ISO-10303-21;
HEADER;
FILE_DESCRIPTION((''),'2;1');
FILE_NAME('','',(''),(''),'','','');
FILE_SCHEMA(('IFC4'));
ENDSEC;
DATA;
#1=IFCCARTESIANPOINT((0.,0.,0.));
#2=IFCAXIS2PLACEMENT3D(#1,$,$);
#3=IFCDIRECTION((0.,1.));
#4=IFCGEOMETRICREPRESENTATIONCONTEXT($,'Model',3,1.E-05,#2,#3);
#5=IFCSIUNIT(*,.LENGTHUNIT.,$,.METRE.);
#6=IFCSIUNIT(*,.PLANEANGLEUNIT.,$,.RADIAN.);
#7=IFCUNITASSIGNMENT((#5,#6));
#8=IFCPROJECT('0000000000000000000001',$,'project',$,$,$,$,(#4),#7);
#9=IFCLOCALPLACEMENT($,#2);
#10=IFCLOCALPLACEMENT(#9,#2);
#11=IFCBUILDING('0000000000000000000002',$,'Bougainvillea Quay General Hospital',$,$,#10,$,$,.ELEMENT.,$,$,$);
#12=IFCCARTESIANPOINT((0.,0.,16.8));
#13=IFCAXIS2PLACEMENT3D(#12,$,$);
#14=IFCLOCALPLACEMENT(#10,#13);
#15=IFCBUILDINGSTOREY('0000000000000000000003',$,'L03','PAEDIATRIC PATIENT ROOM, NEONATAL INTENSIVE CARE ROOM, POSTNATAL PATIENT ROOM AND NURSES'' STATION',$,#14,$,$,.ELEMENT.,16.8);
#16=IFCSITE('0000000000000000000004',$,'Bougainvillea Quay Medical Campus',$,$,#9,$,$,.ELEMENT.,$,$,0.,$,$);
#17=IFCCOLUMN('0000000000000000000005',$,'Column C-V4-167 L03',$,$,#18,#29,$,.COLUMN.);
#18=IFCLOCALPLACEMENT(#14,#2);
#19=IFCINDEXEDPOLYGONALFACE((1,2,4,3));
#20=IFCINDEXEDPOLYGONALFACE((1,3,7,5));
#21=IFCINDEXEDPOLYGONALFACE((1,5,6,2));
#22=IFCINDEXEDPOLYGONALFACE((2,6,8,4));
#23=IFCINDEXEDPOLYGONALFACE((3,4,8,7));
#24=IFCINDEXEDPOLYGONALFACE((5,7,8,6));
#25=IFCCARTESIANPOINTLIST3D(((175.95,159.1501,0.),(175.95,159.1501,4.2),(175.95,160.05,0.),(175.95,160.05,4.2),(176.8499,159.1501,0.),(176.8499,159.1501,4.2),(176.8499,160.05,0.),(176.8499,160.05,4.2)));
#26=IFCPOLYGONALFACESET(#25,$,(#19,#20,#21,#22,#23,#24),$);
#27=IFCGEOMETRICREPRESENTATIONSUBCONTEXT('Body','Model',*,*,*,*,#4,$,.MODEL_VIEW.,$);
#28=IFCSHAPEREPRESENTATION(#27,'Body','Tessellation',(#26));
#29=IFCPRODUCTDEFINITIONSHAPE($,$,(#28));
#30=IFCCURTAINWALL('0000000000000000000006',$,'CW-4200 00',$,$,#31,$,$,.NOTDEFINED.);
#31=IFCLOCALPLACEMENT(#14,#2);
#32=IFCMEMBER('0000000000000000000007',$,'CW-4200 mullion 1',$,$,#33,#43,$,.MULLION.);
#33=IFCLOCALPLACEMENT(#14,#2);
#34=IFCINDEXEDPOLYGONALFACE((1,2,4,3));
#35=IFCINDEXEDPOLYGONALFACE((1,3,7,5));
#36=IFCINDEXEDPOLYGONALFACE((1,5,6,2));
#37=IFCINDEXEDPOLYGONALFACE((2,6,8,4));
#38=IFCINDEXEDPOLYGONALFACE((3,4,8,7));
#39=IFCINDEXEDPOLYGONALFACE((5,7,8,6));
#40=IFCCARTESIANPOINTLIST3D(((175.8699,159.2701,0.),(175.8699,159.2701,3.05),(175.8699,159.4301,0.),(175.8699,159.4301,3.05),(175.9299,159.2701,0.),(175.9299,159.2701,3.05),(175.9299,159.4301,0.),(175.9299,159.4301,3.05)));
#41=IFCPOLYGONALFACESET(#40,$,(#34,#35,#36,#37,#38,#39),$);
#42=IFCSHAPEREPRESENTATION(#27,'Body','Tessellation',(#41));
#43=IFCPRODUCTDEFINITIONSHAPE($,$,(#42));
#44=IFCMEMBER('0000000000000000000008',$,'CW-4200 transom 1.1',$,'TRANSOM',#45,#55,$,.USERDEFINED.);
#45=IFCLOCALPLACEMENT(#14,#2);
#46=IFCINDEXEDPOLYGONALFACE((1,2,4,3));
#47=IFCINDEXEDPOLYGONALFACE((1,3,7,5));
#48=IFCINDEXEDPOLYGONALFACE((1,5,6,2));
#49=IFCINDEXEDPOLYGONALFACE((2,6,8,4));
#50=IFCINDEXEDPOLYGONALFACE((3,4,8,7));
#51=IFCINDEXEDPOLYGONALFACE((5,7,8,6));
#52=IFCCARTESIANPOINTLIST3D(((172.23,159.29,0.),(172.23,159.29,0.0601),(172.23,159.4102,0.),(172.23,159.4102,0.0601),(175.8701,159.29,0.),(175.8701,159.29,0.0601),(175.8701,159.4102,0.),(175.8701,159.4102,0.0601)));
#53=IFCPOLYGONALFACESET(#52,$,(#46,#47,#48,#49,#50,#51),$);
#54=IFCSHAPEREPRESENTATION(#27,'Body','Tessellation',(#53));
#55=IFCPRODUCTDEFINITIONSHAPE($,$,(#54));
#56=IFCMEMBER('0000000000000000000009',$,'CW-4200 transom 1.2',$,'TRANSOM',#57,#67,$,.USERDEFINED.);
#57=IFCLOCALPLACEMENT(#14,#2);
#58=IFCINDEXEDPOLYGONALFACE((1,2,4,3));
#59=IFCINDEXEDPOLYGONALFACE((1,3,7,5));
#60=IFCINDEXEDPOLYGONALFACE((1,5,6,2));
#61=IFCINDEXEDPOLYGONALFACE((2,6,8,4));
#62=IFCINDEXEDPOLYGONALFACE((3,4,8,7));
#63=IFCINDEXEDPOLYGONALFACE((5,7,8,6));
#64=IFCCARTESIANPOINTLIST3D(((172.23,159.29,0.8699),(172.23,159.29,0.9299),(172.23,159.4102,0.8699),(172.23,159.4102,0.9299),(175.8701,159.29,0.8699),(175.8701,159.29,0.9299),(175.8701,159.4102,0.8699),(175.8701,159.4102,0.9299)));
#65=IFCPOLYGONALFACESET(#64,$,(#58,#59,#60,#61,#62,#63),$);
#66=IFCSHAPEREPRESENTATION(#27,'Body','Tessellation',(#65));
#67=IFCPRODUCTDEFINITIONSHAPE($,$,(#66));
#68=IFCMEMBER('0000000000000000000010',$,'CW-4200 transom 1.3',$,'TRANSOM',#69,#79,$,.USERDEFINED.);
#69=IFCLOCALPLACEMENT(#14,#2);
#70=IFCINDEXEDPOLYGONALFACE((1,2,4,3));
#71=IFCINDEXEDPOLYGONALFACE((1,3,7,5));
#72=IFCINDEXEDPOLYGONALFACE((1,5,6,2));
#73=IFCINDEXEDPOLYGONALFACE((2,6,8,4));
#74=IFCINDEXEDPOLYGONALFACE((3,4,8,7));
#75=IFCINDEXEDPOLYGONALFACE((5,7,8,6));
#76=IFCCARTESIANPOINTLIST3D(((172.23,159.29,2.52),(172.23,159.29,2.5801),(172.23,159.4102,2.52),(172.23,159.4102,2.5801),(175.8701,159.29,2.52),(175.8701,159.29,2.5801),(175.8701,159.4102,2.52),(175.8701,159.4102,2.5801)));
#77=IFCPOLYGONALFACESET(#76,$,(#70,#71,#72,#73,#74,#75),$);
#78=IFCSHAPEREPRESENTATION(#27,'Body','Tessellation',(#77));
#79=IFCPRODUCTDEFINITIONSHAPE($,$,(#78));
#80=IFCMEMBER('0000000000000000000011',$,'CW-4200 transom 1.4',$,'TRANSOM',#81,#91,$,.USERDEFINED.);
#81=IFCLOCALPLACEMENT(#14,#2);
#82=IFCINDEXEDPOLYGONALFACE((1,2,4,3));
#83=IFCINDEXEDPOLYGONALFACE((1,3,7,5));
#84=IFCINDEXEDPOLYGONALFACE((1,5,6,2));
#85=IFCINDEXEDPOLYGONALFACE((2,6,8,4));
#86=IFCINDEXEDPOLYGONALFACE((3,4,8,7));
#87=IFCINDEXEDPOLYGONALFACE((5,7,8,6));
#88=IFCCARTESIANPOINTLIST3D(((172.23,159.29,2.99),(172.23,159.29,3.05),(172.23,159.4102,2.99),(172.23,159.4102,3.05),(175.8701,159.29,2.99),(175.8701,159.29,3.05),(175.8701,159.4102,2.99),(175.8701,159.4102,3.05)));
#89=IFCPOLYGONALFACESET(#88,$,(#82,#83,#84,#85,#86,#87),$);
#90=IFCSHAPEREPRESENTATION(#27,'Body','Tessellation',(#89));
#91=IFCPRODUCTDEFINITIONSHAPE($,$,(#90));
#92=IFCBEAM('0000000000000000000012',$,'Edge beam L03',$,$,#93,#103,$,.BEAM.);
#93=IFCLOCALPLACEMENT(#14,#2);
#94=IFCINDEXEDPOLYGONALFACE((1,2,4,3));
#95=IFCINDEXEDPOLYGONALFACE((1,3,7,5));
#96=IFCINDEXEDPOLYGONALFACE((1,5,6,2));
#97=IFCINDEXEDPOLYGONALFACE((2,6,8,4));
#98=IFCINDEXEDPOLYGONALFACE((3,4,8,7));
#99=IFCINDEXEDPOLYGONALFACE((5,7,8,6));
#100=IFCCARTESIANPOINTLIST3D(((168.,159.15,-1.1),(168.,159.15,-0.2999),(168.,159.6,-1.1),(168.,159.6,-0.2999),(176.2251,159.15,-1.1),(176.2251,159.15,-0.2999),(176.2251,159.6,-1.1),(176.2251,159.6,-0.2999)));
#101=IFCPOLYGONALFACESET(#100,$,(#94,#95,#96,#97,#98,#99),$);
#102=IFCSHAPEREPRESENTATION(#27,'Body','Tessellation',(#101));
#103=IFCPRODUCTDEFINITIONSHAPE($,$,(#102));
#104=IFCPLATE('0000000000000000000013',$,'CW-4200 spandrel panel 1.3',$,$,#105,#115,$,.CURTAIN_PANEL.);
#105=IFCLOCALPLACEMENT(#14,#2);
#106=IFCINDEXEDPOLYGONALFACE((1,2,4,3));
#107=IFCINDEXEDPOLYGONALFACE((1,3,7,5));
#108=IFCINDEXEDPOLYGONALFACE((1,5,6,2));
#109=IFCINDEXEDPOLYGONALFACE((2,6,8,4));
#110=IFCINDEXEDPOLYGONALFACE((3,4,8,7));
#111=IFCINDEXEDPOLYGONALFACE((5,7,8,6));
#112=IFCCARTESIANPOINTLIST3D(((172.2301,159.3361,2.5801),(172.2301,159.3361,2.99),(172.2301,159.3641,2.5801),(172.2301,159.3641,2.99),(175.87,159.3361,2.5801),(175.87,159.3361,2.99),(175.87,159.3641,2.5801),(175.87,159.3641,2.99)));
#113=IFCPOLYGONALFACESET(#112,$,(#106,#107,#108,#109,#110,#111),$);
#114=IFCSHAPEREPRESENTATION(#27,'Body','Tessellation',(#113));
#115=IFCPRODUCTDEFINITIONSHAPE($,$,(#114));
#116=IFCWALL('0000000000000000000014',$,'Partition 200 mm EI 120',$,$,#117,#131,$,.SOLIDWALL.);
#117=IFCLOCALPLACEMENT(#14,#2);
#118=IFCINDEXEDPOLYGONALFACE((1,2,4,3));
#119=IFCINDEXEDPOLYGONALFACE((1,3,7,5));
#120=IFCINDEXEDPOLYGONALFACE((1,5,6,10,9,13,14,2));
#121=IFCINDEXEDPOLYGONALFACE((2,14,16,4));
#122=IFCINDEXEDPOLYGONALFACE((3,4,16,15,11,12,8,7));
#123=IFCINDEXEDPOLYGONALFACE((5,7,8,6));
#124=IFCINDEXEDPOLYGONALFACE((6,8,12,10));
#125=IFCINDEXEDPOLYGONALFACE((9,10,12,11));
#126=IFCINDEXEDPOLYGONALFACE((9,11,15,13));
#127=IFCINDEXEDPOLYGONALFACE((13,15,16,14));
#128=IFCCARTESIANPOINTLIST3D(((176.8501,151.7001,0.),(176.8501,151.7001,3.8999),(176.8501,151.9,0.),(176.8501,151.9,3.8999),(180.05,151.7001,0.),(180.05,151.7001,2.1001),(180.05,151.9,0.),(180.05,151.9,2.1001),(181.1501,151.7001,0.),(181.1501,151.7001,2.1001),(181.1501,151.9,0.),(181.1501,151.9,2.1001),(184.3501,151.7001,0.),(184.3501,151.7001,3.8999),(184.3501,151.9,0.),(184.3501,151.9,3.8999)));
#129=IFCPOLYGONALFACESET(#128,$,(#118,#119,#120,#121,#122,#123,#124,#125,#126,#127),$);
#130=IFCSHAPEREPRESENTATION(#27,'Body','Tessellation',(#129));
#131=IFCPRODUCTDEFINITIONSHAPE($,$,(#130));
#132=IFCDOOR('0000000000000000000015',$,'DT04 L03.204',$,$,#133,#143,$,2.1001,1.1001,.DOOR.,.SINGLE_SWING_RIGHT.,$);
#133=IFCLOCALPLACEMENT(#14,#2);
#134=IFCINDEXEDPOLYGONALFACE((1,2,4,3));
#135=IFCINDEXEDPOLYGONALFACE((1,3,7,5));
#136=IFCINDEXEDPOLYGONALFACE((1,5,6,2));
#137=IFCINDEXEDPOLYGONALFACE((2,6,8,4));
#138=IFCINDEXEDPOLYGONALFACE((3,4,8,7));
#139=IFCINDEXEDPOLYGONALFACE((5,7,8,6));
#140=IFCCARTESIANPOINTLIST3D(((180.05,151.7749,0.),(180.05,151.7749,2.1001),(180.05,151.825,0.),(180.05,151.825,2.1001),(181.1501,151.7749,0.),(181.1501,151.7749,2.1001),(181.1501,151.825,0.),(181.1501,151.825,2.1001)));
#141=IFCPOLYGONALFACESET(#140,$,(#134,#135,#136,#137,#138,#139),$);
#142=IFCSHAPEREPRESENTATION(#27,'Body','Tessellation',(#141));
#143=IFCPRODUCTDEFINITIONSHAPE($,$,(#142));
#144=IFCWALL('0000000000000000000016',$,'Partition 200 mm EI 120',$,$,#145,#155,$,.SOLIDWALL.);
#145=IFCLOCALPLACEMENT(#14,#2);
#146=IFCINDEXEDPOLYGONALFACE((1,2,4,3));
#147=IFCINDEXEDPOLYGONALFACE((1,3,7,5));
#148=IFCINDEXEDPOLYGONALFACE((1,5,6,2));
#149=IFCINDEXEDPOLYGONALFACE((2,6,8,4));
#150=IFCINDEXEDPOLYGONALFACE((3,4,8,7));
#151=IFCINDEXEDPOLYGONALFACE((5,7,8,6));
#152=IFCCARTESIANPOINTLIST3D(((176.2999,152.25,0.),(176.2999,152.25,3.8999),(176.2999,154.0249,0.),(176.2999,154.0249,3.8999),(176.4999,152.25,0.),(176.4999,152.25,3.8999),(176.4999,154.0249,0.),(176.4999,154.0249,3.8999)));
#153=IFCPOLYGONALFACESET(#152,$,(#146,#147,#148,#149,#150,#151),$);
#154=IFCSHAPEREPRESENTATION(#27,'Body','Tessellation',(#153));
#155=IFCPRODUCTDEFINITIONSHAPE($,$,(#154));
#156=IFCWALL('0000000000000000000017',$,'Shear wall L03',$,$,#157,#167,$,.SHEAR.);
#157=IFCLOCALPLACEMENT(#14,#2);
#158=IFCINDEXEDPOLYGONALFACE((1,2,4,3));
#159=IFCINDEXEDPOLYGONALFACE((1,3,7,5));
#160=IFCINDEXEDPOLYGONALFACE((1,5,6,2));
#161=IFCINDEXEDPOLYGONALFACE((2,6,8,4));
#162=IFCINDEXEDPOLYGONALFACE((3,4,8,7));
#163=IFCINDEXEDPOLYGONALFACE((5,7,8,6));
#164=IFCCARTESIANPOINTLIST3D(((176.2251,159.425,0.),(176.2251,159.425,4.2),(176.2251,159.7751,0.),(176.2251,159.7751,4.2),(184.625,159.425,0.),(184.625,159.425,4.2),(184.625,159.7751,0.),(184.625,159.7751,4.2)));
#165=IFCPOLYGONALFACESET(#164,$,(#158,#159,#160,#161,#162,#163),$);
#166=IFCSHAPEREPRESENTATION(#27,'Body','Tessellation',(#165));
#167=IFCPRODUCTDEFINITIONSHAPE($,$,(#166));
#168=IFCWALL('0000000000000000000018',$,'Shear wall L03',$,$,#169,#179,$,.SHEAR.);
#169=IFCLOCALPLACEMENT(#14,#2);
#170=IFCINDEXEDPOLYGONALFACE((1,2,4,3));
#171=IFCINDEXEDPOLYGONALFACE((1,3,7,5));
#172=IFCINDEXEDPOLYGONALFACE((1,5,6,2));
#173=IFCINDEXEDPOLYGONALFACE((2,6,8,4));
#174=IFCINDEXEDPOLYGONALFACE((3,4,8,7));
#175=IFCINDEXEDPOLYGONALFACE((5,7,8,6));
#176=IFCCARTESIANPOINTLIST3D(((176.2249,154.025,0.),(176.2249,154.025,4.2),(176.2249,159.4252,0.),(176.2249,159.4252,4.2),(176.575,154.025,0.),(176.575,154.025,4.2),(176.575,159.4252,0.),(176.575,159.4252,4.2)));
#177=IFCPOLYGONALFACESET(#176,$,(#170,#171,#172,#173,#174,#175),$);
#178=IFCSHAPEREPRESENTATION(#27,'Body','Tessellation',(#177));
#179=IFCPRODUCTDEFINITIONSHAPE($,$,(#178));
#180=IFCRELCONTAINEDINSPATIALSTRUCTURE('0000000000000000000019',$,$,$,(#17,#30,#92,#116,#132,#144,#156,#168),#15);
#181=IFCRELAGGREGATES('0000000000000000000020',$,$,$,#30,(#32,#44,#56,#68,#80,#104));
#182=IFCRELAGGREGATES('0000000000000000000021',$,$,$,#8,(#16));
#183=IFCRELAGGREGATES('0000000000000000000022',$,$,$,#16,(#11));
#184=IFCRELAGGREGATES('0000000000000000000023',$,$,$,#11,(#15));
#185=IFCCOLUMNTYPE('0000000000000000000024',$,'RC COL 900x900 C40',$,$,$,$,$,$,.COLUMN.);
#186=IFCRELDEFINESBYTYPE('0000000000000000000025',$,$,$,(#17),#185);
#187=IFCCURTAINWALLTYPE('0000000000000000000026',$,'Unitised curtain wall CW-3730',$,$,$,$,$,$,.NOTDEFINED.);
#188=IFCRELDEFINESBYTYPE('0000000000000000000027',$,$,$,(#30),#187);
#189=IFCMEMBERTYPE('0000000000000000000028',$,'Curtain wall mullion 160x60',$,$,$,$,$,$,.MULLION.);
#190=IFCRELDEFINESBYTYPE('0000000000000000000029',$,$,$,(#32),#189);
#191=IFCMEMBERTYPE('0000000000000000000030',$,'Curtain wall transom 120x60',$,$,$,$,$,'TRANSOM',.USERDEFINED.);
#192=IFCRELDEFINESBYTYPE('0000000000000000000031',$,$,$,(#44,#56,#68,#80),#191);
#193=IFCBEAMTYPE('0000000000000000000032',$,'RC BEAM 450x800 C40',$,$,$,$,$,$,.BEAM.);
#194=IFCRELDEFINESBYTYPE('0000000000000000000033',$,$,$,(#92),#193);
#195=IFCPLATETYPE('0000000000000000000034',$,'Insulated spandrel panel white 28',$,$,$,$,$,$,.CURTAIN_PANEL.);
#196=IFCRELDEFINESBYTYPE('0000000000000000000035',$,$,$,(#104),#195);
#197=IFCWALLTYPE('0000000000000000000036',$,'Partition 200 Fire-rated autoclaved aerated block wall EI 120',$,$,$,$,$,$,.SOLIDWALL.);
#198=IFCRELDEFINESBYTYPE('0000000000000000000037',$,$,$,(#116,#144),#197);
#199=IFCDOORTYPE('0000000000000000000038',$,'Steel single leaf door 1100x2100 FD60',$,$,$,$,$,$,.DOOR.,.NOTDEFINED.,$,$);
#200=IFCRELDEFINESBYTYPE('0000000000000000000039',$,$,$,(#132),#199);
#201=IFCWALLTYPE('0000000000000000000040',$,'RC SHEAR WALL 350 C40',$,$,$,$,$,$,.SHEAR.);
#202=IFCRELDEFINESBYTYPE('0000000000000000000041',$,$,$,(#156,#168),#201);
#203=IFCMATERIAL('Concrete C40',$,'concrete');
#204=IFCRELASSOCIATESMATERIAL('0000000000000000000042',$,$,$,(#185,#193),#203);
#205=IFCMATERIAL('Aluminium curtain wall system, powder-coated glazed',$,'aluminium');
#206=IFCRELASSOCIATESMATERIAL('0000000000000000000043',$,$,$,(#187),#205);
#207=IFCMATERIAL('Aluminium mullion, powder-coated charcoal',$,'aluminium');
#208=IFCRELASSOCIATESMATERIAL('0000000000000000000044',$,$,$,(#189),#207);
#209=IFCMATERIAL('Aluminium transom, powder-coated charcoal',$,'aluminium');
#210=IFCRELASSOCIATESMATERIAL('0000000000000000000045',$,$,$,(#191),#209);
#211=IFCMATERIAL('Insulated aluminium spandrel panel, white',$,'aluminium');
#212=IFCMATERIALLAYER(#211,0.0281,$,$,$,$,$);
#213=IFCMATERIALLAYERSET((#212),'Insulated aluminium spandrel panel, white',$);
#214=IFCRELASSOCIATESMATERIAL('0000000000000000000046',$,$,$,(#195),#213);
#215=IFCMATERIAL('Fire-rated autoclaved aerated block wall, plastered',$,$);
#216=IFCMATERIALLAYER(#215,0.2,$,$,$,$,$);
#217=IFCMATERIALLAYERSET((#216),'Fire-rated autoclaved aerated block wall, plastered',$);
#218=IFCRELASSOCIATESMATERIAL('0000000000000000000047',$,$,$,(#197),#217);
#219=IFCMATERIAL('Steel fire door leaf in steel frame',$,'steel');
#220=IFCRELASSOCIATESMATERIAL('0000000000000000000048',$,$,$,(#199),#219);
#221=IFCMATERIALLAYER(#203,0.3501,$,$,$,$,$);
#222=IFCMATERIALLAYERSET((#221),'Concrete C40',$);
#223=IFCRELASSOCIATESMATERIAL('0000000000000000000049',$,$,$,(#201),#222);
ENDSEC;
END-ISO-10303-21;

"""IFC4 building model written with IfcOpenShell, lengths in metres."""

from ifc_helpers import new_model, si_unit, direction, frame, frame_2d, origin, origin_2d, place, context, subcontext, project, spatial, rectangle, extrude, material, layer, layer_set, material_profile, profile_set, type_object, element, fill, aggregate, save


model = new_model("IFC4")

# Units and contexts
model_context = context("Model", 3, precision=1e-05, world=origin(), true_north=direction((0.0, 1.0)))
body_context = subcontext(model_context, "Body", "Model", "MODEL_VIEW")
ifc_project = project(units=[si_unit("LENGTHUNIT", "METRE"), si_unit("PLANEANGLEUNIT", "RADIAN")], contexts=[model_context])

# Site, building, storey
site_placement = place(None, origin())
site = spatial("IfcSite", under=ifc_project, at=site_placement, Name="Bougainvillea Quay Medical Campus", CompositionType="ELEMENT", RefElevation=0.0)
building_placement = place(site_placement, origin())
building = spatial("IfcBuilding", under=site, at=building_placement, Name="Bougainvillea Quay General Hospital", CompositionType="ELEMENT")
storey_placement = place(building_placement, frame((0.0, 0.0, 16.8)))
storey = spatial("IfcBuildingStorey", under=building, at=storey_placement, Name="L03", Description="PAEDIATRIC PATIENT ROOM, NEONATAL INTENSIVE CARE ROOM, POSTNATAL PATIENT ROOM AND NURSES' STATION", CompositionType="ELEMENT", Elevation=16.8)

# Column
ifc_material_1 = material(Name="Concrete C40", Category="concrete")
ifc_material_profile_1 = material_profile(ifc_material_1, rectangle(XDim=0.8999, YDim=0.8999, at=origin_2d()))
ifc_profile_set_1 = profile_set([ifc_material_profile_1], Name="Concrete C40")
column_type = type_object("IfcColumnType", Name="RC COL 900x900 C40", PredefinedType="COLUMN", material=ifc_profile_set_1)
column_placement = place(storey_placement, frame((176.3999, 159.6001, 0.0), z_axis=(0.0, 0.0, 1.0), x_axis=(1.0, 0.0, 0.0)))
element("IfcColumn", 1, at=column_placement, inside=storey, type_object=column_type, Name="Column C-V4-167 L03", PredefinedType="COLUMN", context=body_context, shape_type="SweptSolid", body=[
    extrude(rectangle(XDim=0.8999, YDim=0.8999, at=origin_2d()), origin(), (0.0, 0.0, 1.0), 4.2),
])

# Curtain wall, members
ifc_material_2 = material(Name="Aluminium curtain wall system, powder-coated glazed", Category="aluminium")
curtain_wall_type = type_object("IfcCurtainWallType", Name="Unitised curtain wall CW-3730", PredefinedType="NOTDEFINED", material=ifc_material_2)
curtain_wall_placement = place(storey_placement, origin())
curtain_wall = element("IfcCurtainWall", 2, at=curtain_wall_placement, inside=storey, type_object=curtain_wall_type, Name="CW-4200 00", PredefinedType="NOTDEFINED")
ifc_material_3 = material(Name="Aluminium mullion, powder-coated charcoal", Category="aluminium")
ifc_material_profile_2 = material_profile(ifc_material_3, rectangle(XDim=0.1599, YDim=0.0601, at=origin_2d()))
ifc_profile_set_2 = profile_set([ifc_material_profile_2], Name="Aluminium mullion, powder-coated charcoal")
member_type_1 = type_object("IfcMemberType", Name="Curtain wall mullion 160x60", PredefinedType="MULLION", material=ifc_profile_set_2)
member_1_placement = place(storey_placement, frame((175.8999, 159.3501, 0.0), z_axis=(0.0, 0.0, 1.0), x_axis=(0.0, -1.0, 0.0)))
member_1 = element("IfcMember", 3, at=member_1_placement, type_object=member_type_1, Name="CW-4200 mullion 1", PredefinedType="MULLION", context=body_context, shape_type="SweptSolid", body=[
    extrude(rectangle(XDim=0.1599, YDim=0.0601, at=origin_2d()), origin(), (0.0, 0.0, 1.0), 3.05),
])
ifc_material_4 = material(Name="Aluminium transom, powder-coated charcoal", Category="aluminium")
ifc_material_profile_3 = material_profile(ifc_material_4, rectangle(XDim=0.1201, YDim=0.0601, at=origin_2d()))
ifc_profile_set_3 = profile_set([ifc_material_profile_3], Name="Aluminium transom, powder-coated charcoal")
member_type_2 = type_object("IfcMemberType", Name="Curtain wall transom 120x60", ElementType="TRANSOM", PredefinedType="USERDEFINED", material=ifc_profile_set_3)
member_2_placement = place(storey_placement, frame((175.8701, 159.3501, 0.03), z_axis=(-1.0, 0.0, 0.0), x_axis=(0.0, -1.0, 0.0)))
member_2 = element("IfcMember", 4, at=member_2_placement, type_object=member_type_2, Name="CW-4200 transom 1.1", ObjectType="TRANSOM", PredefinedType="USERDEFINED", context=body_context, shape_type="SweptSolid", body=[
    extrude(rectangle(XDim=0.1201, YDim=0.0601, at=origin_2d()), origin(), (0.0, 0.0, 1.0), 3.6401),
])
member_3_placement = place(storey_placement, frame((175.8701, 159.3501, 0.8999), z_axis=(-1.0, 0.0, 0.0), x_axis=(0.0, -1.0, 0.0)))
member_3 = element("IfcMember", 5, at=member_3_placement, type_object=member_type_2, Name="CW-4200 transom 1.2", ObjectType="TRANSOM", PredefinedType="USERDEFINED", context=body_context, shape_type="SweptSolid", body=[
    extrude(rectangle(XDim=0.1201, YDim=0.0601, at=origin_2d()), origin(), (0.0, 0.0, 1.0), 3.6401),
])
member_4_placement = place(storey_placement, frame((175.8701, 159.3501, 2.55), z_axis=(-1.0, 0.0, 0.0), x_axis=(0.0, -1.0, 0.0)))
member_4 = element("IfcMember", 6, at=member_4_placement, type_object=member_type_2, Name="CW-4200 transom 1.3", ObjectType="TRANSOM", PredefinedType="USERDEFINED", context=body_context, shape_type="SweptSolid", body=[
    extrude(rectangle(XDim=0.1201, YDim=0.0601, at=origin_2d()), origin(), (0.0, 0.0, 1.0), 3.6401),
])
member_5_placement = place(storey_placement, frame((175.8701, 159.3501, 3.02), z_axis=(-1.0, 0.0, 0.0), x_axis=(0.0, -1.0, 0.0)))
member_5 = element("IfcMember", 7, at=member_5_placement, type_object=member_type_2, Name="CW-4200 transom 1.4", ObjectType="TRANSOM", PredefinedType="USERDEFINED", context=body_context, shape_type="SweptSolid", body=[
    extrude(rectangle(XDim=0.1201, YDim=0.0601, at=origin_2d()), origin(), (0.0, 0.0, 1.0), 3.6401),
])

# Beam
ifc_material_profile_4 = material_profile(ifc_material_1, rectangle(XDim=0.45, YDim=0.8, at=origin_2d()))
ifc_profile_set_4 = profile_set([ifc_material_profile_4], Name="Concrete C40")
beam_type = type_object("IfcBeamType", Name="RC BEAM 450x800 C40", PredefinedType="BEAM", material=ifc_profile_set_4)
beam_placement = place(storey_placement, frame((176.2251, 159.375, -0.7), z_axis=(-1.0, 0.0, 0.0), x_axis=(0.0, -1.0, 0.0)))
element("IfcBeam", 8, at=beam_placement, inside=storey, type_object=beam_type, Name="Edge beam L03", PredefinedType="BEAM", context=body_context, shape_type="SweptSolid", body=[
    extrude(rectangle(XDim=0.45, YDim=0.8, at=origin_2d()), origin(), (0.0, 0.0, 1.0), 8.2251),
])

# Plate
ifc_material_5 = material(Name="Insulated aluminium spandrel panel, white", Category="aluminium")
ifc_layer_1 = layer(ifc_material_5, 0.0281)
ifc_layer_set_1 = layer_set([ifc_layer_1], Name="Insulated aluminium spandrel panel, white")
plate_type = type_object("IfcPlateType", Name="Insulated spandrel panel white 28", PredefinedType="CURTAIN_PANEL", material=ifc_layer_set_1)
plate_placement = place(storey_placement, frame((174.05, 159.3501, 2.5801), z_axis=(0.0, 0.0, 1.0), x_axis=(-1.0, 0.0, 0.0)))
plate = element("IfcPlate", 9, at=plate_placement, type_object=plate_type, Name="CW-4200 spandrel panel 1.3", PredefinedType="CURTAIN_PANEL", context=body_context, shape_type="SweptSolid", body=[
    extrude(rectangle(XDim=3.6399, YDim=0.0281, at=origin_2d()), origin(), (0.0, 0.0, 1.0), 0.4099),
])
aggregate(curtain_wall, [member_1, member_2, member_3, member_4, member_5, plate])

# Wall, opening, door
ifc_material_6 = material(Name="Fire-rated autoclaved aerated block wall, plastered")
ifc_layer_2 = layer(ifc_material_6, 0.2)
ifc_layer_set_2 = layer_set([ifc_layer_2], Name="Fire-rated autoclaved aerated block wall, plastered")
wall_type_1 = type_object("IfcWallType", Name="Partition 200 Fire-rated autoclaved aerated block wall EI 120", PredefinedType="SOLIDWALL", material=ifc_layer_set_2)
wall_1_placement = place(storey_placement, frame((176.8501, 151.8, 0.0), z_axis=(0.0, 0.0, 1.0), x_axis=(1.0, 0.0, 0.0)))
wall_1 = element("IfcWall", 10, at=wall_1_placement, inside=storey, type_object=wall_type_1, Name="Partition 200 mm EI 120", PredefinedType="SOLIDWALL", context=body_context, shape_type="SweptSolid", body=[
    extrude(rectangle(XDim=7.5, YDim=0.2, at=frame_2d((3.75, 0.0))), origin(), (0.0, 0.0, 1.0), 3.8999),
])
opening_1_placement = place(wall_1_placement, frame((3.2, 0.0, 0.0)))
opening_1 = element("IfcOpeningElement", 11, at=opening_1_placement, cuts=wall_1, PredefinedType="OPENING", context=body_context, shape_type="SweptSolid", body=[
    extrude(rectangle(XDim=1.1001, YDim=2.1001, at=frame_2d((0.55, 1.05))), frame((0.0, 0.1099, 0.0), z_axis=(0.0, -1.0, 0.0), x_axis=(1.0, 0.0, 0.0)), (0.0, 0.0, 1.0), 0.22),
])
ifc_material_7 = material(Name="Steel fire door leaf in steel frame", Category="steel")
door_type = type_object("IfcDoorType", Name="Steel single leaf door 1100x2100 FD60", OperationType="NOTDEFINED", PredefinedType="DOOR", material=ifc_material_7)
door_1_placement = place(opening_1_placement, origin())
door_1 = element("IfcDoor", 12, at=door_1_placement, inside=storey, type_object=door_type, Name="DT04 L03.204", OperationType="SINGLE_SWING_RIGHT", OverallHeight=2.1001, OverallWidth=1.1001, PredefinedType="DOOR", context=body_context, shape_type="SweptSolid", body=[
    extrude(rectangle(XDim=1.1001, YDim=2.1001, at=frame_2d((0.55, 1.05))), frame((0.0, 0.0249, 0.0), z_axis=(0.0, -1.0, 0.0), x_axis=(1.0, 0.0, 0.0)), (0.0, 0.0, 1.0), 0.05),
])
fill(opening_1, door_1)

# Walls
wall_2_placement = place(storey_placement, frame((176.3999, 152.25, 0.0), z_axis=(0.0, 0.0, 1.0), x_axis=(0.0, 1.0, 0.0)))
element("IfcWall", 13, at=wall_2_placement, inside=storey, type_object=wall_type_1, Name="Partition 200 mm EI 120", PredefinedType="SOLIDWALL", context=body_context, shape_type="SweptSolid", body=[
    extrude(rectangle(XDim=1.7749, YDim=0.2, at=frame_2d((0.8875, 0.0))), origin(), (0.0, 0.0, 1.0), 3.8999),
])
ifc_layer_3 = layer(ifc_material_1, 0.3501)
ifc_layer_set_3 = layer_set([ifc_layer_3], Name="Concrete C40")
wall_type_2 = type_object("IfcWallType", Name="RC SHEAR WALL 350 C40", PredefinedType="SHEAR", material=ifc_layer_set_3)
wall_3_placement = place(storey_placement, frame((176.2251, 159.6001, 0.0), z_axis=(0.0, 0.0, 1.0), x_axis=(1.0, 0.0, 0.0)))
element("IfcWall", 14, at=wall_3_placement, inside=storey, type_object=wall_type_2, Name="Shear wall L03", PredefinedType="SHEAR", context=body_context, shape_type="SweptSolid", body=[
    extrude(rectangle(XDim=8.3999, YDim=0.3501, at=frame_2d((4.2, 0.0))), origin(), (0.0, 0.0, 1.0), 4.2),
])
wall_4_placement = place(storey_placement, frame((176.3999, 154.0249, 0.0), z_axis=(0.0, 0.0, 1.0), x_axis=(0.0, 1.0, 0.0)))
element("IfcWall", 15, at=wall_4_placement, inside=storey, type_object=wall_type_2, Name="Shear wall L03", PredefinedType="SHEAR", context=body_context, shape_type="SweptSolid", body=[
    extrude(rectangle(XDim=5.4001, YDim=0.3501, at=frame_2d((2.7002, 0.0))), origin(), (0.0, 0.0, 1.0), 4.2),
])

save(model, "model.ifc")
